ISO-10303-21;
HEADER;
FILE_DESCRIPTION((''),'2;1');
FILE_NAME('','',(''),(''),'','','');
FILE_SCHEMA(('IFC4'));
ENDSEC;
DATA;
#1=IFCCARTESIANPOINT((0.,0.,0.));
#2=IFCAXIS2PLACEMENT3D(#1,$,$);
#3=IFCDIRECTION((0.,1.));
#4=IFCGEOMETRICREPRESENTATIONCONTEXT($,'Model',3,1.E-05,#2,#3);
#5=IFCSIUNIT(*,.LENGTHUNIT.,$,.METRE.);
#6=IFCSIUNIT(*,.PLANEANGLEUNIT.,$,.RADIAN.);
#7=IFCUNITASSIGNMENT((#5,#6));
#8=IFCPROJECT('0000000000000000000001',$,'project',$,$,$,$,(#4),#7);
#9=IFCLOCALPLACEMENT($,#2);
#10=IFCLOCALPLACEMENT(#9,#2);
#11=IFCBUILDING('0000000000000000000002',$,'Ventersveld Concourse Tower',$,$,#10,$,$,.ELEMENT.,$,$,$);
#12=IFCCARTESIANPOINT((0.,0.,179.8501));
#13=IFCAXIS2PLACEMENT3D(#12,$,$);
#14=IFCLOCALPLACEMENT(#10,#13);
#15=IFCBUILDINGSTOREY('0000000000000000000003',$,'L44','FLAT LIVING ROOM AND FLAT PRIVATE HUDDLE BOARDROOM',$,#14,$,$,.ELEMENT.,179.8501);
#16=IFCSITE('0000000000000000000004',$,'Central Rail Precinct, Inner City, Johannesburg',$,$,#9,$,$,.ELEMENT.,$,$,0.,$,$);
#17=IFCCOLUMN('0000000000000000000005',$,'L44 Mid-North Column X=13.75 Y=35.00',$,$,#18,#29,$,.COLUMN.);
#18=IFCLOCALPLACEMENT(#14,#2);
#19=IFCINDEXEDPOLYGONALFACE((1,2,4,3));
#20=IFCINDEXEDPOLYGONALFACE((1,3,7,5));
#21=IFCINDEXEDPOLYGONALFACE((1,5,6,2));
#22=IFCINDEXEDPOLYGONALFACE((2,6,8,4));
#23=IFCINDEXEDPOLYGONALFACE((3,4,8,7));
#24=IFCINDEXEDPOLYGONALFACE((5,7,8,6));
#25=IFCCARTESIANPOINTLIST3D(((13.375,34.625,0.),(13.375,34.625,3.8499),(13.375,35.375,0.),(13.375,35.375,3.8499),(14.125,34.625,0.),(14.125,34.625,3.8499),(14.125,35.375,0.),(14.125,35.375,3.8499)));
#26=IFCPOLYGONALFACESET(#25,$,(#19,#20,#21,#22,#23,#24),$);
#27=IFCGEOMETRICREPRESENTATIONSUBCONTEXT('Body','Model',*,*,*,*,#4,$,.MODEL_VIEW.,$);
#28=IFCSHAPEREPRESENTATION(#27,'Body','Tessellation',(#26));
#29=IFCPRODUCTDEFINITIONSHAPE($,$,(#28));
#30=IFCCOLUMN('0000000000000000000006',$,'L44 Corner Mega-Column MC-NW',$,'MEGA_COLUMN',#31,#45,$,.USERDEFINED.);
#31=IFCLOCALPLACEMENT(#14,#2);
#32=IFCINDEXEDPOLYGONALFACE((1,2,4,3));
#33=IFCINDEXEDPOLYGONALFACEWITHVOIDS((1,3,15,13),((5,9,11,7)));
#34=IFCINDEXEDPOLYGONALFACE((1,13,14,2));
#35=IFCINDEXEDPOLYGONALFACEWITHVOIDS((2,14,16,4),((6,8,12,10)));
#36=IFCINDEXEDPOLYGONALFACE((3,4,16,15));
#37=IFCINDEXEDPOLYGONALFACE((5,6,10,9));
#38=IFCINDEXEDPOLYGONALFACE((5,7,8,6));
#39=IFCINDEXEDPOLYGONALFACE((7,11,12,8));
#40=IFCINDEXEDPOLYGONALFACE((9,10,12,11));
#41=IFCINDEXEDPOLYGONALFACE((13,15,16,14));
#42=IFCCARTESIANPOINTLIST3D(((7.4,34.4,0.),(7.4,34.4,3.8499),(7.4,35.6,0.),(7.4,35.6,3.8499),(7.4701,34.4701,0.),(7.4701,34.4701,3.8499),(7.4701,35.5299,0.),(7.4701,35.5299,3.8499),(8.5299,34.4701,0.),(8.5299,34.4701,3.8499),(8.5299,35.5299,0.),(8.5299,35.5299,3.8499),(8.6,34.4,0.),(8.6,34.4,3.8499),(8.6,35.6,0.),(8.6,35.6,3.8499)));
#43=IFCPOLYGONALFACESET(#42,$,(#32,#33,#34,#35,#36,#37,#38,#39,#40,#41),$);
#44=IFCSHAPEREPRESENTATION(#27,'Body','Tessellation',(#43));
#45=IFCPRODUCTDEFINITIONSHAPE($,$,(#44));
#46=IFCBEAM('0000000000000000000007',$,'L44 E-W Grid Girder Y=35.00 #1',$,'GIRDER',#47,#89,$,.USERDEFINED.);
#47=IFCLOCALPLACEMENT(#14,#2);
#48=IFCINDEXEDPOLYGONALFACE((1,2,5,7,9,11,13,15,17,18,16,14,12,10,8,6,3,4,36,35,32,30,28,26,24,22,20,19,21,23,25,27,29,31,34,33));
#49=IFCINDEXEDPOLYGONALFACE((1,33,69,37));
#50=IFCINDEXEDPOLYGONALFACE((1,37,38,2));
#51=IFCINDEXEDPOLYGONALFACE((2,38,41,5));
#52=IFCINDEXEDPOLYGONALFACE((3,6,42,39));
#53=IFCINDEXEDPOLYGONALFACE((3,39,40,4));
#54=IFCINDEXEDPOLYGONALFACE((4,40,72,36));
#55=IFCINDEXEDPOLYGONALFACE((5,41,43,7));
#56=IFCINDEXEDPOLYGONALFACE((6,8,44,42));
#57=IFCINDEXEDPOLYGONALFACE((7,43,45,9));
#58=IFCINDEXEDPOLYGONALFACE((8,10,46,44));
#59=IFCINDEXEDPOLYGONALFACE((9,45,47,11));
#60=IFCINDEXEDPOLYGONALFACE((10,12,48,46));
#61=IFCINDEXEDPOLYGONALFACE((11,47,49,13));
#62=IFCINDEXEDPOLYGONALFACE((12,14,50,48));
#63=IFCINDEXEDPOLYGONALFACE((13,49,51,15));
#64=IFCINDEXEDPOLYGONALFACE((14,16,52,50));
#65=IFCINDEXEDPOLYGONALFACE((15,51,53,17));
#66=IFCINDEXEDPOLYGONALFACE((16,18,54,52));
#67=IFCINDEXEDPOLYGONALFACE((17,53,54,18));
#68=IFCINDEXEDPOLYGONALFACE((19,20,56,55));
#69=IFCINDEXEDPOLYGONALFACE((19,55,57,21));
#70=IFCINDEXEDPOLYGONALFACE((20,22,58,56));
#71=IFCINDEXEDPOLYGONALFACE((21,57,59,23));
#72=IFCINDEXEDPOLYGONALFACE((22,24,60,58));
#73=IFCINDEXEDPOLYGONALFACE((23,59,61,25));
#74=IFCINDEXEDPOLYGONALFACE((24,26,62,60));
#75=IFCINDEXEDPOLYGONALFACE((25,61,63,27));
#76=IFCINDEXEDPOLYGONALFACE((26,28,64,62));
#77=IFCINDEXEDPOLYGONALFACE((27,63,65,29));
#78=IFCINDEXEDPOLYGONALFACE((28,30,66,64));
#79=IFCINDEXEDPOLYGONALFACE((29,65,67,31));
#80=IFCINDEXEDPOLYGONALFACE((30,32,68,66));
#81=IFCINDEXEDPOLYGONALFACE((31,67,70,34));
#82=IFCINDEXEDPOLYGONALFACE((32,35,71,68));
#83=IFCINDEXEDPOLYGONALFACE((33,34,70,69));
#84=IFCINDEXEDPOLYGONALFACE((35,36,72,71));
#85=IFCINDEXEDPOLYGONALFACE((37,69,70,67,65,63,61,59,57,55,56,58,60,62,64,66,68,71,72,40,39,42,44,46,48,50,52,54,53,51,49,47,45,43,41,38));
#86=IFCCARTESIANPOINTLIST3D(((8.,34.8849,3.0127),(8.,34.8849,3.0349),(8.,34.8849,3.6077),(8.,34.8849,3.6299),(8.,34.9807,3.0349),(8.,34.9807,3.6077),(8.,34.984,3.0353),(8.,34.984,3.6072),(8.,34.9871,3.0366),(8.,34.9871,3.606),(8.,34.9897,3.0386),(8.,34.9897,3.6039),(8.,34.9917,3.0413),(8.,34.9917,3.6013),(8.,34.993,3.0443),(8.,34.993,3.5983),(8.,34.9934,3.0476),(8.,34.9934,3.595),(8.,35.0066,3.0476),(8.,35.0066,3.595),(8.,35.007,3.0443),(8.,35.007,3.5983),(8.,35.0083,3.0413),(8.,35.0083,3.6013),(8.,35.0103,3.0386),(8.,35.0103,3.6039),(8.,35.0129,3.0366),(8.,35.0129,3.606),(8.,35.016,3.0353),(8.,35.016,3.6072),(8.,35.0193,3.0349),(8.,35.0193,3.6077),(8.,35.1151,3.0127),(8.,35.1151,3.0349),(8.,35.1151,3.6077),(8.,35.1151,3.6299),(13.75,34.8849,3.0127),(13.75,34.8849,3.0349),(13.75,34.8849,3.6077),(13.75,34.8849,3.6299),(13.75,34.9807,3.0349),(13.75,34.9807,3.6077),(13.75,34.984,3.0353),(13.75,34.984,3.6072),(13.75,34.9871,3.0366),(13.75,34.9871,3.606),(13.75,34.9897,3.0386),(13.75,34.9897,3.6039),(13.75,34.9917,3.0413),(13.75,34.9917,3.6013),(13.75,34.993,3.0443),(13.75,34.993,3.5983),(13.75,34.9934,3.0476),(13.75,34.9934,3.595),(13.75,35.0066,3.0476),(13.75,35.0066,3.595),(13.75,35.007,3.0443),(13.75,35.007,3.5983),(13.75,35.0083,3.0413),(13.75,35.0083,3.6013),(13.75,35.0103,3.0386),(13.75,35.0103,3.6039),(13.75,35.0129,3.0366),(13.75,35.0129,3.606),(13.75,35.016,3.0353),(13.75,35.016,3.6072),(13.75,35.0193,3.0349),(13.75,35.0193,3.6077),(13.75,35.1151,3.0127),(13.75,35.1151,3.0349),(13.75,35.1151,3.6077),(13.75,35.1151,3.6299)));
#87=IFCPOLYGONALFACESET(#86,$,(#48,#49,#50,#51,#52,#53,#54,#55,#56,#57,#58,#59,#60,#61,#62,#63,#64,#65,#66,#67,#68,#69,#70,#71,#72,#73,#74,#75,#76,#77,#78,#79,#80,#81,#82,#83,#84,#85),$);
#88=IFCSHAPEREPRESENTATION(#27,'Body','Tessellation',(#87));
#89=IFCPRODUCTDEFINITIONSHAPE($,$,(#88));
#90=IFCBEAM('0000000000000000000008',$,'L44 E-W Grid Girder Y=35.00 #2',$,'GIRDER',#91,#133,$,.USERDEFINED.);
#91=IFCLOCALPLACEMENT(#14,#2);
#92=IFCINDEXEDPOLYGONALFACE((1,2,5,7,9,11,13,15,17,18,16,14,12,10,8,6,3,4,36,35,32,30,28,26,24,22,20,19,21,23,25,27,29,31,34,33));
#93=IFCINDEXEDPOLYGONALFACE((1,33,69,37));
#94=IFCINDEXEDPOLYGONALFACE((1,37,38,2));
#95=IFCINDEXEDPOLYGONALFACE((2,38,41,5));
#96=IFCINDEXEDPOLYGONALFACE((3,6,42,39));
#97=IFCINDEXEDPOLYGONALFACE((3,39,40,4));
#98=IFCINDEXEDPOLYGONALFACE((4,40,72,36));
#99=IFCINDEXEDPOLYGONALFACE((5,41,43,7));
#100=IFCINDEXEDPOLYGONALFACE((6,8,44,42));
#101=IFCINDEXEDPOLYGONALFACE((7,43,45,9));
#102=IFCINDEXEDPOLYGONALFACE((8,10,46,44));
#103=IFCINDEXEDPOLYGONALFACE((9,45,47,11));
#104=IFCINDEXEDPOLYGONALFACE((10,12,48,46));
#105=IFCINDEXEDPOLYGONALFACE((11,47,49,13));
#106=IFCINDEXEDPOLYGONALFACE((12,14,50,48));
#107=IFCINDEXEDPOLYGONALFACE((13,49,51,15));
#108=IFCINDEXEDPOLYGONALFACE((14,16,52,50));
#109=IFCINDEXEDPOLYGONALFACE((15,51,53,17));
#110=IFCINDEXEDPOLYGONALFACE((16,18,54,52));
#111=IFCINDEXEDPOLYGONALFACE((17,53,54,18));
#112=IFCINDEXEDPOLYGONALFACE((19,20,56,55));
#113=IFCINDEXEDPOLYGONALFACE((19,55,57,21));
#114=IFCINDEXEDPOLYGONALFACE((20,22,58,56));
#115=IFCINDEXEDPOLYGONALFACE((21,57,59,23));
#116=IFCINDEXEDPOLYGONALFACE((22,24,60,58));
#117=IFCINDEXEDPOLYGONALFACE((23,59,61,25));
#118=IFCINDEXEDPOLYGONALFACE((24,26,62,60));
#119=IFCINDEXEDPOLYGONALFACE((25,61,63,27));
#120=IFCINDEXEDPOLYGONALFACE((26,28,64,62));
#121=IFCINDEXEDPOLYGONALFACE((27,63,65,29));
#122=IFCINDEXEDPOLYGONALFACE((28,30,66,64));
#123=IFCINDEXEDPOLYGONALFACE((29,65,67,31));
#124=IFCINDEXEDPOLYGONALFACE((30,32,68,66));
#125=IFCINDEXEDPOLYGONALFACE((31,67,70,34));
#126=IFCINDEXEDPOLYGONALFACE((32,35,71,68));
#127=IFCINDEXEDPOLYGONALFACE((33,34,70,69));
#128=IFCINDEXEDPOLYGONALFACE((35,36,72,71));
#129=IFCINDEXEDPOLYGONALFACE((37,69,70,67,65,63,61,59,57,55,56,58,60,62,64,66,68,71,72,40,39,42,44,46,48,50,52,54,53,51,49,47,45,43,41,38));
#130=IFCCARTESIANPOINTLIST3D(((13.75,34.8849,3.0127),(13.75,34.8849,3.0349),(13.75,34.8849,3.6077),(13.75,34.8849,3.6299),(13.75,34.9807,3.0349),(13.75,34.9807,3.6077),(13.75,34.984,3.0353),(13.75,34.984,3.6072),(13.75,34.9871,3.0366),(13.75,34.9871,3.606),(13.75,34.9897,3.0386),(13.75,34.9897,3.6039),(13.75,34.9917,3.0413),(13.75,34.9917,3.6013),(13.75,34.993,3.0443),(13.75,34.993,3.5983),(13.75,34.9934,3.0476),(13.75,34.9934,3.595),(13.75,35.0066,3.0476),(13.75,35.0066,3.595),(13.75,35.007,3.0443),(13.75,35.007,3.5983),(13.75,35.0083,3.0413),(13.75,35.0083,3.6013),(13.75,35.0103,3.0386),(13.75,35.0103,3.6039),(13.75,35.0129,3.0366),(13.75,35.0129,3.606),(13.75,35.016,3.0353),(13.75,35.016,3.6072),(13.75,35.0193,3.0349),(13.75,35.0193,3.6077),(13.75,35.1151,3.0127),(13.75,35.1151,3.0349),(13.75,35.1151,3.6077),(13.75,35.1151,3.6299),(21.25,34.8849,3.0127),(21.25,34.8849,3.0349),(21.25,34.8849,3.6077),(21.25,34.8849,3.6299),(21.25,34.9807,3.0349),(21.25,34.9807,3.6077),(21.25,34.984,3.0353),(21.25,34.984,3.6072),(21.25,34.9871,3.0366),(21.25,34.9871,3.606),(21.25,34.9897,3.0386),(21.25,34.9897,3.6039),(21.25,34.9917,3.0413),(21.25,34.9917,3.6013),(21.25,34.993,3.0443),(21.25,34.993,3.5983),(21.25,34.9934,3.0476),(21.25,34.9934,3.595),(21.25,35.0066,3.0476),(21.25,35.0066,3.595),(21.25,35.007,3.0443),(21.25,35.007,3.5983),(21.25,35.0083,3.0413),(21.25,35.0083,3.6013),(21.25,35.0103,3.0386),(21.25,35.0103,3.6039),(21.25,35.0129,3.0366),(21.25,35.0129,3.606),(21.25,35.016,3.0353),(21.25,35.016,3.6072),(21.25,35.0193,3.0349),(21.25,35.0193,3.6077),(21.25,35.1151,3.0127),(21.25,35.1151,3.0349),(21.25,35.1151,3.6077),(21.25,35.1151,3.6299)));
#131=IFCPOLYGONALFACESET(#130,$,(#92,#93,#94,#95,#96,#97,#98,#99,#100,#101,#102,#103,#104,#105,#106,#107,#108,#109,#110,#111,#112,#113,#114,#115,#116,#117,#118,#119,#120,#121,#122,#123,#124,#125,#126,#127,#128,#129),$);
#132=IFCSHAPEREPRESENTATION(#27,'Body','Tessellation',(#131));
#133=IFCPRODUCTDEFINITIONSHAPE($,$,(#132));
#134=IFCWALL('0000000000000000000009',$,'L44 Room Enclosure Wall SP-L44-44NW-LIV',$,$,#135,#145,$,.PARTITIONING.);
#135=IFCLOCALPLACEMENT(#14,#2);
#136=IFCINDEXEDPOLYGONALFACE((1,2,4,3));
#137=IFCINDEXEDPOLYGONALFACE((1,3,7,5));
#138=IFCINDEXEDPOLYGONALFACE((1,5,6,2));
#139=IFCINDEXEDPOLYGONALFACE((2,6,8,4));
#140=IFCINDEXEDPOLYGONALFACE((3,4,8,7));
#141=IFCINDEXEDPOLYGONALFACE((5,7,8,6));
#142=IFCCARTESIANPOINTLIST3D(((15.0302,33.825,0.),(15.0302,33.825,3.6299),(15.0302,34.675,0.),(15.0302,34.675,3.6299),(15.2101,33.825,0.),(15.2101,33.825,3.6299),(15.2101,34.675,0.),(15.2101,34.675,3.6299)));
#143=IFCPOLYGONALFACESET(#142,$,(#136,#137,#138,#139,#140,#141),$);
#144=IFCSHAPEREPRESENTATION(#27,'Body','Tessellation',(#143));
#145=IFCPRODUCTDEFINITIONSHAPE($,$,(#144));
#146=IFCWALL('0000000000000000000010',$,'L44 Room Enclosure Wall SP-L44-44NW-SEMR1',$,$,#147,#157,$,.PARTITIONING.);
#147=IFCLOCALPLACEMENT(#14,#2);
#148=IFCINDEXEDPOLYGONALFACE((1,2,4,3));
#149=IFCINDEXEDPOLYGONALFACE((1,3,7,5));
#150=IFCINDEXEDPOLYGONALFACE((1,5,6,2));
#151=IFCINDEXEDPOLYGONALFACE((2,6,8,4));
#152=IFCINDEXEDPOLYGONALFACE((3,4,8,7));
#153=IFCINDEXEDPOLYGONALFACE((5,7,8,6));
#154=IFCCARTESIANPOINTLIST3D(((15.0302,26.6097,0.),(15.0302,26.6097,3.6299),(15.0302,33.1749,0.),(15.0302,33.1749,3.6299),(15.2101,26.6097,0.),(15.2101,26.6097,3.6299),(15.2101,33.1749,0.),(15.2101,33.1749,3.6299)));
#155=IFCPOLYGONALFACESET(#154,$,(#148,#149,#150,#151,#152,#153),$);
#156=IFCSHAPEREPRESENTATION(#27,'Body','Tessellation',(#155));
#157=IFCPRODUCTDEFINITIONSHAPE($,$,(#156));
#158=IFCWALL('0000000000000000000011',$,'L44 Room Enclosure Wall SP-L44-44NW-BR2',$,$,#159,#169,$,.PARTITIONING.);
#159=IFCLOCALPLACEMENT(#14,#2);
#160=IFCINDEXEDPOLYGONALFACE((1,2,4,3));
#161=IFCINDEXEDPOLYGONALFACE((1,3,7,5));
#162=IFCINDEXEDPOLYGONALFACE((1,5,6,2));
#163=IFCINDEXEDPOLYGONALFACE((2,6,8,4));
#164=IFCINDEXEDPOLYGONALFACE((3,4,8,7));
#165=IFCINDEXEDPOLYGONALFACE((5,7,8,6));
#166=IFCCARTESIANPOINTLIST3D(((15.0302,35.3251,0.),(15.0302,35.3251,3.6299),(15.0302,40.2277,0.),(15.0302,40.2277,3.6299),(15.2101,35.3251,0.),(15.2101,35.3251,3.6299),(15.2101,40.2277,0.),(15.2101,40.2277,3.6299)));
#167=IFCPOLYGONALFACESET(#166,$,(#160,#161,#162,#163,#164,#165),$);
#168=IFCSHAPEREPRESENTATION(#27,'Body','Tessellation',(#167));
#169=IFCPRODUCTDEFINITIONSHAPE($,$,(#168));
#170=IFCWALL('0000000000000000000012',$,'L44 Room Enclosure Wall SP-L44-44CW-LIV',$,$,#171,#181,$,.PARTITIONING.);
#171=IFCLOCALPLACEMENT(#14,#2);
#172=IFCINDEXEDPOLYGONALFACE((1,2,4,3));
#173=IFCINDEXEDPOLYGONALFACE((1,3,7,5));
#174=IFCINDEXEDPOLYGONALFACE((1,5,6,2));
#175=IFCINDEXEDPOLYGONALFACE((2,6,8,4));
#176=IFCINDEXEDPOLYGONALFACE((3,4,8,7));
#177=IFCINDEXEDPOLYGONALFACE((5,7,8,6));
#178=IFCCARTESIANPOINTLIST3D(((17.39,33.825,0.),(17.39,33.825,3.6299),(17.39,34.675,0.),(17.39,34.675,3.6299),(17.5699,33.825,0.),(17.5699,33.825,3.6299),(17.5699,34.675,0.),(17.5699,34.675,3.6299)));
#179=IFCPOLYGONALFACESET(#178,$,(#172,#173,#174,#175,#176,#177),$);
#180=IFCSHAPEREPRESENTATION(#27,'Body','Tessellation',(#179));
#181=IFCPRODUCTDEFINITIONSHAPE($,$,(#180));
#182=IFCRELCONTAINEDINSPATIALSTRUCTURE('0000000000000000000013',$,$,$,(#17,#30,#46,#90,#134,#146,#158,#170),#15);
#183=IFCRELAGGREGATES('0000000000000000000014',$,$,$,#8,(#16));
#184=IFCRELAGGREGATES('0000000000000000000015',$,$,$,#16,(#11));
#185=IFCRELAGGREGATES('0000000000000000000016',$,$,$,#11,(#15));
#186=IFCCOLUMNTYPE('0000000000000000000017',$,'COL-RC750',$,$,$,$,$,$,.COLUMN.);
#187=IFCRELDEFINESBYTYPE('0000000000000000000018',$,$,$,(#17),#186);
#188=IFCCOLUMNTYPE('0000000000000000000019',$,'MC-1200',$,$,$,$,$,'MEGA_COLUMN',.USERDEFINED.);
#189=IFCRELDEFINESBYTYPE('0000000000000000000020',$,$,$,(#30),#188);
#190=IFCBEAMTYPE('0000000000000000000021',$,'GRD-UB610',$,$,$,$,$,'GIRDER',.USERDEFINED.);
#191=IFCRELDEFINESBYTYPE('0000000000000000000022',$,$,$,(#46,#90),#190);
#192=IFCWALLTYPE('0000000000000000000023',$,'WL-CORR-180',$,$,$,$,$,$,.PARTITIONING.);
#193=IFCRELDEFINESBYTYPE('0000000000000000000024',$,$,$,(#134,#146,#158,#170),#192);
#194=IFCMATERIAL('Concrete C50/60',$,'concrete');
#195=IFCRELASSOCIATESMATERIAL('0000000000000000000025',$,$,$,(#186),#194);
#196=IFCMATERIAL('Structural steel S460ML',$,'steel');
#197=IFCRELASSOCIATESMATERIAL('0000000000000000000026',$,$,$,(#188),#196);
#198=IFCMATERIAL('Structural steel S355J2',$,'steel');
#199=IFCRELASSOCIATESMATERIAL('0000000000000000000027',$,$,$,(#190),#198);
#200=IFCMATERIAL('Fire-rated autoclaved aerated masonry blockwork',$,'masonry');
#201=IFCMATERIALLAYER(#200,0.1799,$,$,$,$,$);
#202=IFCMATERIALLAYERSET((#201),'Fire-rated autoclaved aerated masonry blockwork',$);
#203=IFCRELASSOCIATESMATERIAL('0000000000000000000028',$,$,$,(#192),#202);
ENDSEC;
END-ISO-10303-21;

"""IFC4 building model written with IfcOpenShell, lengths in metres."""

from ifc_helpers import new_model, si_unit, direction, frame, frame_2d, origin, origin_2d, place, context, subcontext, project, spatial, rectangle, hollow_rectangle, i_section, extrude, material, layer, layer_set, material_profile, profile_set, type_object, element, save


model = new_model("IFC4")

# Units and contexts
model_context = context("Model", 3, precision=1e-05, world=origin(), true_north=direction((0.0, 1.0)))
body_context = subcontext(model_context, "Body", "Model", "MODEL_VIEW")
ifc_project = project(units=[si_unit("LENGTHUNIT", "METRE"), si_unit("PLANEANGLEUNIT", "RADIAN")], contexts=[model_context])

# Site, building, storey
site_placement = place(None, origin())
site = spatial("IfcSite", under=ifc_project, at=site_placement, Name="Central Rail Precinct, Inner City, Johannesburg", CompositionType="ELEMENT", RefElevation=0.0)
building_placement = place(site_placement, origin())
building = spatial("IfcBuilding", under=site, at=building_placement, Name="Ventersveld Concourse Tower", CompositionType="ELEMENT")
storey_placement = place(building_placement, frame((0.0, 0.0, 179.8501)))
storey = spatial("IfcBuildingStorey", under=building, at=storey_placement, Name="L44", Description="FLAT LIVING ROOM AND FLAT PRIVATE HUDDLE BOARDROOM", CompositionType="ELEMENT", Elevation=179.8501)

# Columns
ifc_material_1 = material(Name="Concrete C50/60", Category="concrete")
ifc_material_profile_1 = material_profile(ifc_material_1, rectangle(XDim=0.75, YDim=0.75, at=origin_2d()), Name="RC 750x750")
ifc_profile_set_1 = profile_set([ifc_material_profile_1], Name="Concrete C50/60")
column_type_1 = type_object("IfcColumnType", Name="COL-RC750", PredefinedType="COLUMN", material=ifc_profile_set_1)
column_1_placement = place(storey_placement, frame((13.75, 35.0, 0.0), z_axis=(0.0, 0.0, 1.0), x_axis=(1.0, 0.0, 0.0)))
element("IfcColumn", 1, at=column_1_placement, inside=storey, type_object=column_type_1, Name="L44 Mid-North Column X=13.75 Y=35.00", PredefinedType="COLUMN", context=body_context, shape_type="SweptSolid", body=[
    extrude(rectangle(XDim=0.75, YDim=0.75, at=origin_2d()), origin(), (0.0, 0.0, 1.0), 3.8499),
])
ifc_material_2 = material(Name="Structural steel S460ML", Category="steel")
ifc_material_profile_2 = material_profile(ifc_material_2, hollow_rectangle(XDim=1.2, YDim=1.2, WallThickness=0.0701, at=origin_2d()), Name="BOX 1200x1200x70")
ifc_profile_set_2 = profile_set([ifc_material_profile_2], Name="Structural steel S460ML")
column_type_2 = type_object("IfcColumnType", Name="MC-1200", ElementType="MEGA_COLUMN", PredefinedType="USERDEFINED", material=ifc_profile_set_2)
column_2_placement = place(storey_placement, frame((8.0, 35.0, 0.0), z_axis=(0.0, 0.0, 1.0), x_axis=(1.0, 0.0, 0.0)))
element("IfcColumn", 2, at=column_2_placement, inside=storey, type_object=column_type_2, Name="L44 Corner Mega-Column MC-NW", ObjectType="MEGA_COLUMN", PredefinedType="USERDEFINED", context=body_context, shape_type="SweptSolid", body=[
    extrude(hollow_rectangle(XDim=1.2, YDim=1.2, WallThickness=0.0701, at=origin_2d()), origin(), (0.0, 0.0, 1.0), 3.8499),
])

# Beams
ifc_material_3 = material(Name="Structural steel S355J2", Category="steel")
ifc_material_profile_3 = material_profile(ifc_material_3, i_section(OverallWidth=0.2302, OverallDepth=0.6172, WebThickness=0.0132, FlangeThickness=0.0222, FilletRadius=0.0127, at=origin_2d()), Name="UB 610x229x140")
ifc_profile_set_3 = profile_set([ifc_material_profile_3], Name="Structural steel S355J2")
beam_type = type_object("IfcBeamType", Name="GRD-UB610", ElementType="GIRDER", PredefinedType="USERDEFINED", material=ifc_profile_set_3)
beam_1_placement = place(storey_placement, frame((8.0, 35.0, 3.3213), z_axis=(1.0, 0.0, 0.0), x_axis=(0.0, 1.0, 0.0)))
element("IfcBeam", 3, at=beam_1_placement, inside=storey, type_object=beam_type, Name="L44 E-W Grid Girder Y=35.00 #1", ObjectType="GIRDER", PredefinedType="USERDEFINED", context=body_context, shape_type="SweptSolid", body=[
    extrude(i_section(OverallWidth=0.2302, OverallDepth=0.6172, WebThickness=0.0132, FlangeThickness=0.0222, FilletRadius=0.0127, at=origin_2d()), origin(), (0.0, 0.0, 1.0), 5.75),
])
beam_2_placement = place(storey_placement, frame((13.75, 35.0, 3.3213), z_axis=(1.0, 0.0, 0.0), x_axis=(0.0, 1.0, 0.0)))
element("IfcBeam", 4, at=beam_2_placement, inside=storey, type_object=beam_type, Name="L44 E-W Grid Girder Y=35.00 #2", ObjectType="GIRDER", PredefinedType="USERDEFINED", context=body_context, shape_type="SweptSolid", body=[
    extrude(i_section(OverallWidth=0.2302, OverallDepth=0.6172, WebThickness=0.0132, FlangeThickness=0.0222, FilletRadius=0.0127, at=origin_2d()), origin(), (0.0, 0.0, 1.0), 7.5),
])

# Walls
ifc_material_4 = material(Name="Fire-rated autoclaved aerated masonry blockwork", Category="masonry")
ifc_layer_1 = layer(ifc_material_4, 0.1799)
ifc_layer_set_1 = layer_set([ifc_layer_1], Name="Fire-rated autoclaved aerated masonry blockwork")
wall_type_1 = type_object("IfcWallType", Name="WL-CORR-180", PredefinedType="PARTITIONING", material=ifc_layer_set_1)
wall_1_placement = place(storey_placement, frame((15.1201, 34.675, 0.0), z_axis=(0.0, 0.0, 1.0), x_axis=(0.0, -1.0, 0.0)))
element("IfcWall", 5, at=wall_1_placement, inside=storey, type_object=wall_type_1, Name="L44 Room Enclosure Wall SP-L44-44NW-LIV", PredefinedType="PARTITIONING", context=body_context, shape_type="SweptSolid", body=[
    extrude(rectangle(XDim=0.8501, YDim=0.1799, at=frame_2d((0.425, 0.0))), origin(), (0.0, 0.0, 1.0), 3.6299),
])
wall_2_placement = place(storey_placement, frame((15.1201, 33.175, 0.0), z_axis=(0.0, 0.0, 1.0), x_axis=(0.0, -1.0, 0.0)))
element("IfcWall", 6, at=wall_2_placement, inside=storey, type_object=wall_type_1, Name="L44 Room Enclosure Wall SP-L44-44NW-SEMR1", PredefinedType="PARTITIONING", context=body_context, shape_type="SweptSolid", body=[
    extrude(rectangle(XDim=6.5652, YDim=0.1799, at=frame_2d((3.2827, 0.0))), origin(), (0.0, 0.0, 1.0), 3.6299),
])
wall_3_placement = place(storey_placement, frame((15.1201, 40.2275, 0.0), z_axis=(0.0, 0.0, 1.0), x_axis=(0.0, -1.0, 0.0)))
element("IfcWall", 7, at=wall_3_placement, inside=storey, type_object=wall_type_1, Name="L44 Room Enclosure Wall SP-L44-44NW-BR2", PredefinedType="PARTITIONING", context=body_context, shape_type="SweptSolid", body=[
    extrude(rectangle(XDim=4.9026, YDim=0.1799, at=frame_2d((2.4512, 0.0))), origin(), (0.0, 0.0, 1.0), 3.6299),
])
wall_4_placement = place(storey_placement, frame((17.48, 33.825, 0.0), z_axis=(0.0, 0.0, 1.0), x_axis=(0.0, 1.0, 0.0)))
element("IfcWall", 8, at=wall_4_placement, inside=storey, type_object=wall_type_1, Name="L44 Room Enclosure Wall SP-L44-44CW-LIV", PredefinedType="PARTITIONING", context=body_context, shape_type="SweptSolid", body=[
    extrude(rectangle(XDim=0.8501, YDim=0.1799, at=frame_2d((0.425, 0.0))), origin(), (0.0, 0.0, 1.0), 3.6299),
])

save(model, "model.ifc")
